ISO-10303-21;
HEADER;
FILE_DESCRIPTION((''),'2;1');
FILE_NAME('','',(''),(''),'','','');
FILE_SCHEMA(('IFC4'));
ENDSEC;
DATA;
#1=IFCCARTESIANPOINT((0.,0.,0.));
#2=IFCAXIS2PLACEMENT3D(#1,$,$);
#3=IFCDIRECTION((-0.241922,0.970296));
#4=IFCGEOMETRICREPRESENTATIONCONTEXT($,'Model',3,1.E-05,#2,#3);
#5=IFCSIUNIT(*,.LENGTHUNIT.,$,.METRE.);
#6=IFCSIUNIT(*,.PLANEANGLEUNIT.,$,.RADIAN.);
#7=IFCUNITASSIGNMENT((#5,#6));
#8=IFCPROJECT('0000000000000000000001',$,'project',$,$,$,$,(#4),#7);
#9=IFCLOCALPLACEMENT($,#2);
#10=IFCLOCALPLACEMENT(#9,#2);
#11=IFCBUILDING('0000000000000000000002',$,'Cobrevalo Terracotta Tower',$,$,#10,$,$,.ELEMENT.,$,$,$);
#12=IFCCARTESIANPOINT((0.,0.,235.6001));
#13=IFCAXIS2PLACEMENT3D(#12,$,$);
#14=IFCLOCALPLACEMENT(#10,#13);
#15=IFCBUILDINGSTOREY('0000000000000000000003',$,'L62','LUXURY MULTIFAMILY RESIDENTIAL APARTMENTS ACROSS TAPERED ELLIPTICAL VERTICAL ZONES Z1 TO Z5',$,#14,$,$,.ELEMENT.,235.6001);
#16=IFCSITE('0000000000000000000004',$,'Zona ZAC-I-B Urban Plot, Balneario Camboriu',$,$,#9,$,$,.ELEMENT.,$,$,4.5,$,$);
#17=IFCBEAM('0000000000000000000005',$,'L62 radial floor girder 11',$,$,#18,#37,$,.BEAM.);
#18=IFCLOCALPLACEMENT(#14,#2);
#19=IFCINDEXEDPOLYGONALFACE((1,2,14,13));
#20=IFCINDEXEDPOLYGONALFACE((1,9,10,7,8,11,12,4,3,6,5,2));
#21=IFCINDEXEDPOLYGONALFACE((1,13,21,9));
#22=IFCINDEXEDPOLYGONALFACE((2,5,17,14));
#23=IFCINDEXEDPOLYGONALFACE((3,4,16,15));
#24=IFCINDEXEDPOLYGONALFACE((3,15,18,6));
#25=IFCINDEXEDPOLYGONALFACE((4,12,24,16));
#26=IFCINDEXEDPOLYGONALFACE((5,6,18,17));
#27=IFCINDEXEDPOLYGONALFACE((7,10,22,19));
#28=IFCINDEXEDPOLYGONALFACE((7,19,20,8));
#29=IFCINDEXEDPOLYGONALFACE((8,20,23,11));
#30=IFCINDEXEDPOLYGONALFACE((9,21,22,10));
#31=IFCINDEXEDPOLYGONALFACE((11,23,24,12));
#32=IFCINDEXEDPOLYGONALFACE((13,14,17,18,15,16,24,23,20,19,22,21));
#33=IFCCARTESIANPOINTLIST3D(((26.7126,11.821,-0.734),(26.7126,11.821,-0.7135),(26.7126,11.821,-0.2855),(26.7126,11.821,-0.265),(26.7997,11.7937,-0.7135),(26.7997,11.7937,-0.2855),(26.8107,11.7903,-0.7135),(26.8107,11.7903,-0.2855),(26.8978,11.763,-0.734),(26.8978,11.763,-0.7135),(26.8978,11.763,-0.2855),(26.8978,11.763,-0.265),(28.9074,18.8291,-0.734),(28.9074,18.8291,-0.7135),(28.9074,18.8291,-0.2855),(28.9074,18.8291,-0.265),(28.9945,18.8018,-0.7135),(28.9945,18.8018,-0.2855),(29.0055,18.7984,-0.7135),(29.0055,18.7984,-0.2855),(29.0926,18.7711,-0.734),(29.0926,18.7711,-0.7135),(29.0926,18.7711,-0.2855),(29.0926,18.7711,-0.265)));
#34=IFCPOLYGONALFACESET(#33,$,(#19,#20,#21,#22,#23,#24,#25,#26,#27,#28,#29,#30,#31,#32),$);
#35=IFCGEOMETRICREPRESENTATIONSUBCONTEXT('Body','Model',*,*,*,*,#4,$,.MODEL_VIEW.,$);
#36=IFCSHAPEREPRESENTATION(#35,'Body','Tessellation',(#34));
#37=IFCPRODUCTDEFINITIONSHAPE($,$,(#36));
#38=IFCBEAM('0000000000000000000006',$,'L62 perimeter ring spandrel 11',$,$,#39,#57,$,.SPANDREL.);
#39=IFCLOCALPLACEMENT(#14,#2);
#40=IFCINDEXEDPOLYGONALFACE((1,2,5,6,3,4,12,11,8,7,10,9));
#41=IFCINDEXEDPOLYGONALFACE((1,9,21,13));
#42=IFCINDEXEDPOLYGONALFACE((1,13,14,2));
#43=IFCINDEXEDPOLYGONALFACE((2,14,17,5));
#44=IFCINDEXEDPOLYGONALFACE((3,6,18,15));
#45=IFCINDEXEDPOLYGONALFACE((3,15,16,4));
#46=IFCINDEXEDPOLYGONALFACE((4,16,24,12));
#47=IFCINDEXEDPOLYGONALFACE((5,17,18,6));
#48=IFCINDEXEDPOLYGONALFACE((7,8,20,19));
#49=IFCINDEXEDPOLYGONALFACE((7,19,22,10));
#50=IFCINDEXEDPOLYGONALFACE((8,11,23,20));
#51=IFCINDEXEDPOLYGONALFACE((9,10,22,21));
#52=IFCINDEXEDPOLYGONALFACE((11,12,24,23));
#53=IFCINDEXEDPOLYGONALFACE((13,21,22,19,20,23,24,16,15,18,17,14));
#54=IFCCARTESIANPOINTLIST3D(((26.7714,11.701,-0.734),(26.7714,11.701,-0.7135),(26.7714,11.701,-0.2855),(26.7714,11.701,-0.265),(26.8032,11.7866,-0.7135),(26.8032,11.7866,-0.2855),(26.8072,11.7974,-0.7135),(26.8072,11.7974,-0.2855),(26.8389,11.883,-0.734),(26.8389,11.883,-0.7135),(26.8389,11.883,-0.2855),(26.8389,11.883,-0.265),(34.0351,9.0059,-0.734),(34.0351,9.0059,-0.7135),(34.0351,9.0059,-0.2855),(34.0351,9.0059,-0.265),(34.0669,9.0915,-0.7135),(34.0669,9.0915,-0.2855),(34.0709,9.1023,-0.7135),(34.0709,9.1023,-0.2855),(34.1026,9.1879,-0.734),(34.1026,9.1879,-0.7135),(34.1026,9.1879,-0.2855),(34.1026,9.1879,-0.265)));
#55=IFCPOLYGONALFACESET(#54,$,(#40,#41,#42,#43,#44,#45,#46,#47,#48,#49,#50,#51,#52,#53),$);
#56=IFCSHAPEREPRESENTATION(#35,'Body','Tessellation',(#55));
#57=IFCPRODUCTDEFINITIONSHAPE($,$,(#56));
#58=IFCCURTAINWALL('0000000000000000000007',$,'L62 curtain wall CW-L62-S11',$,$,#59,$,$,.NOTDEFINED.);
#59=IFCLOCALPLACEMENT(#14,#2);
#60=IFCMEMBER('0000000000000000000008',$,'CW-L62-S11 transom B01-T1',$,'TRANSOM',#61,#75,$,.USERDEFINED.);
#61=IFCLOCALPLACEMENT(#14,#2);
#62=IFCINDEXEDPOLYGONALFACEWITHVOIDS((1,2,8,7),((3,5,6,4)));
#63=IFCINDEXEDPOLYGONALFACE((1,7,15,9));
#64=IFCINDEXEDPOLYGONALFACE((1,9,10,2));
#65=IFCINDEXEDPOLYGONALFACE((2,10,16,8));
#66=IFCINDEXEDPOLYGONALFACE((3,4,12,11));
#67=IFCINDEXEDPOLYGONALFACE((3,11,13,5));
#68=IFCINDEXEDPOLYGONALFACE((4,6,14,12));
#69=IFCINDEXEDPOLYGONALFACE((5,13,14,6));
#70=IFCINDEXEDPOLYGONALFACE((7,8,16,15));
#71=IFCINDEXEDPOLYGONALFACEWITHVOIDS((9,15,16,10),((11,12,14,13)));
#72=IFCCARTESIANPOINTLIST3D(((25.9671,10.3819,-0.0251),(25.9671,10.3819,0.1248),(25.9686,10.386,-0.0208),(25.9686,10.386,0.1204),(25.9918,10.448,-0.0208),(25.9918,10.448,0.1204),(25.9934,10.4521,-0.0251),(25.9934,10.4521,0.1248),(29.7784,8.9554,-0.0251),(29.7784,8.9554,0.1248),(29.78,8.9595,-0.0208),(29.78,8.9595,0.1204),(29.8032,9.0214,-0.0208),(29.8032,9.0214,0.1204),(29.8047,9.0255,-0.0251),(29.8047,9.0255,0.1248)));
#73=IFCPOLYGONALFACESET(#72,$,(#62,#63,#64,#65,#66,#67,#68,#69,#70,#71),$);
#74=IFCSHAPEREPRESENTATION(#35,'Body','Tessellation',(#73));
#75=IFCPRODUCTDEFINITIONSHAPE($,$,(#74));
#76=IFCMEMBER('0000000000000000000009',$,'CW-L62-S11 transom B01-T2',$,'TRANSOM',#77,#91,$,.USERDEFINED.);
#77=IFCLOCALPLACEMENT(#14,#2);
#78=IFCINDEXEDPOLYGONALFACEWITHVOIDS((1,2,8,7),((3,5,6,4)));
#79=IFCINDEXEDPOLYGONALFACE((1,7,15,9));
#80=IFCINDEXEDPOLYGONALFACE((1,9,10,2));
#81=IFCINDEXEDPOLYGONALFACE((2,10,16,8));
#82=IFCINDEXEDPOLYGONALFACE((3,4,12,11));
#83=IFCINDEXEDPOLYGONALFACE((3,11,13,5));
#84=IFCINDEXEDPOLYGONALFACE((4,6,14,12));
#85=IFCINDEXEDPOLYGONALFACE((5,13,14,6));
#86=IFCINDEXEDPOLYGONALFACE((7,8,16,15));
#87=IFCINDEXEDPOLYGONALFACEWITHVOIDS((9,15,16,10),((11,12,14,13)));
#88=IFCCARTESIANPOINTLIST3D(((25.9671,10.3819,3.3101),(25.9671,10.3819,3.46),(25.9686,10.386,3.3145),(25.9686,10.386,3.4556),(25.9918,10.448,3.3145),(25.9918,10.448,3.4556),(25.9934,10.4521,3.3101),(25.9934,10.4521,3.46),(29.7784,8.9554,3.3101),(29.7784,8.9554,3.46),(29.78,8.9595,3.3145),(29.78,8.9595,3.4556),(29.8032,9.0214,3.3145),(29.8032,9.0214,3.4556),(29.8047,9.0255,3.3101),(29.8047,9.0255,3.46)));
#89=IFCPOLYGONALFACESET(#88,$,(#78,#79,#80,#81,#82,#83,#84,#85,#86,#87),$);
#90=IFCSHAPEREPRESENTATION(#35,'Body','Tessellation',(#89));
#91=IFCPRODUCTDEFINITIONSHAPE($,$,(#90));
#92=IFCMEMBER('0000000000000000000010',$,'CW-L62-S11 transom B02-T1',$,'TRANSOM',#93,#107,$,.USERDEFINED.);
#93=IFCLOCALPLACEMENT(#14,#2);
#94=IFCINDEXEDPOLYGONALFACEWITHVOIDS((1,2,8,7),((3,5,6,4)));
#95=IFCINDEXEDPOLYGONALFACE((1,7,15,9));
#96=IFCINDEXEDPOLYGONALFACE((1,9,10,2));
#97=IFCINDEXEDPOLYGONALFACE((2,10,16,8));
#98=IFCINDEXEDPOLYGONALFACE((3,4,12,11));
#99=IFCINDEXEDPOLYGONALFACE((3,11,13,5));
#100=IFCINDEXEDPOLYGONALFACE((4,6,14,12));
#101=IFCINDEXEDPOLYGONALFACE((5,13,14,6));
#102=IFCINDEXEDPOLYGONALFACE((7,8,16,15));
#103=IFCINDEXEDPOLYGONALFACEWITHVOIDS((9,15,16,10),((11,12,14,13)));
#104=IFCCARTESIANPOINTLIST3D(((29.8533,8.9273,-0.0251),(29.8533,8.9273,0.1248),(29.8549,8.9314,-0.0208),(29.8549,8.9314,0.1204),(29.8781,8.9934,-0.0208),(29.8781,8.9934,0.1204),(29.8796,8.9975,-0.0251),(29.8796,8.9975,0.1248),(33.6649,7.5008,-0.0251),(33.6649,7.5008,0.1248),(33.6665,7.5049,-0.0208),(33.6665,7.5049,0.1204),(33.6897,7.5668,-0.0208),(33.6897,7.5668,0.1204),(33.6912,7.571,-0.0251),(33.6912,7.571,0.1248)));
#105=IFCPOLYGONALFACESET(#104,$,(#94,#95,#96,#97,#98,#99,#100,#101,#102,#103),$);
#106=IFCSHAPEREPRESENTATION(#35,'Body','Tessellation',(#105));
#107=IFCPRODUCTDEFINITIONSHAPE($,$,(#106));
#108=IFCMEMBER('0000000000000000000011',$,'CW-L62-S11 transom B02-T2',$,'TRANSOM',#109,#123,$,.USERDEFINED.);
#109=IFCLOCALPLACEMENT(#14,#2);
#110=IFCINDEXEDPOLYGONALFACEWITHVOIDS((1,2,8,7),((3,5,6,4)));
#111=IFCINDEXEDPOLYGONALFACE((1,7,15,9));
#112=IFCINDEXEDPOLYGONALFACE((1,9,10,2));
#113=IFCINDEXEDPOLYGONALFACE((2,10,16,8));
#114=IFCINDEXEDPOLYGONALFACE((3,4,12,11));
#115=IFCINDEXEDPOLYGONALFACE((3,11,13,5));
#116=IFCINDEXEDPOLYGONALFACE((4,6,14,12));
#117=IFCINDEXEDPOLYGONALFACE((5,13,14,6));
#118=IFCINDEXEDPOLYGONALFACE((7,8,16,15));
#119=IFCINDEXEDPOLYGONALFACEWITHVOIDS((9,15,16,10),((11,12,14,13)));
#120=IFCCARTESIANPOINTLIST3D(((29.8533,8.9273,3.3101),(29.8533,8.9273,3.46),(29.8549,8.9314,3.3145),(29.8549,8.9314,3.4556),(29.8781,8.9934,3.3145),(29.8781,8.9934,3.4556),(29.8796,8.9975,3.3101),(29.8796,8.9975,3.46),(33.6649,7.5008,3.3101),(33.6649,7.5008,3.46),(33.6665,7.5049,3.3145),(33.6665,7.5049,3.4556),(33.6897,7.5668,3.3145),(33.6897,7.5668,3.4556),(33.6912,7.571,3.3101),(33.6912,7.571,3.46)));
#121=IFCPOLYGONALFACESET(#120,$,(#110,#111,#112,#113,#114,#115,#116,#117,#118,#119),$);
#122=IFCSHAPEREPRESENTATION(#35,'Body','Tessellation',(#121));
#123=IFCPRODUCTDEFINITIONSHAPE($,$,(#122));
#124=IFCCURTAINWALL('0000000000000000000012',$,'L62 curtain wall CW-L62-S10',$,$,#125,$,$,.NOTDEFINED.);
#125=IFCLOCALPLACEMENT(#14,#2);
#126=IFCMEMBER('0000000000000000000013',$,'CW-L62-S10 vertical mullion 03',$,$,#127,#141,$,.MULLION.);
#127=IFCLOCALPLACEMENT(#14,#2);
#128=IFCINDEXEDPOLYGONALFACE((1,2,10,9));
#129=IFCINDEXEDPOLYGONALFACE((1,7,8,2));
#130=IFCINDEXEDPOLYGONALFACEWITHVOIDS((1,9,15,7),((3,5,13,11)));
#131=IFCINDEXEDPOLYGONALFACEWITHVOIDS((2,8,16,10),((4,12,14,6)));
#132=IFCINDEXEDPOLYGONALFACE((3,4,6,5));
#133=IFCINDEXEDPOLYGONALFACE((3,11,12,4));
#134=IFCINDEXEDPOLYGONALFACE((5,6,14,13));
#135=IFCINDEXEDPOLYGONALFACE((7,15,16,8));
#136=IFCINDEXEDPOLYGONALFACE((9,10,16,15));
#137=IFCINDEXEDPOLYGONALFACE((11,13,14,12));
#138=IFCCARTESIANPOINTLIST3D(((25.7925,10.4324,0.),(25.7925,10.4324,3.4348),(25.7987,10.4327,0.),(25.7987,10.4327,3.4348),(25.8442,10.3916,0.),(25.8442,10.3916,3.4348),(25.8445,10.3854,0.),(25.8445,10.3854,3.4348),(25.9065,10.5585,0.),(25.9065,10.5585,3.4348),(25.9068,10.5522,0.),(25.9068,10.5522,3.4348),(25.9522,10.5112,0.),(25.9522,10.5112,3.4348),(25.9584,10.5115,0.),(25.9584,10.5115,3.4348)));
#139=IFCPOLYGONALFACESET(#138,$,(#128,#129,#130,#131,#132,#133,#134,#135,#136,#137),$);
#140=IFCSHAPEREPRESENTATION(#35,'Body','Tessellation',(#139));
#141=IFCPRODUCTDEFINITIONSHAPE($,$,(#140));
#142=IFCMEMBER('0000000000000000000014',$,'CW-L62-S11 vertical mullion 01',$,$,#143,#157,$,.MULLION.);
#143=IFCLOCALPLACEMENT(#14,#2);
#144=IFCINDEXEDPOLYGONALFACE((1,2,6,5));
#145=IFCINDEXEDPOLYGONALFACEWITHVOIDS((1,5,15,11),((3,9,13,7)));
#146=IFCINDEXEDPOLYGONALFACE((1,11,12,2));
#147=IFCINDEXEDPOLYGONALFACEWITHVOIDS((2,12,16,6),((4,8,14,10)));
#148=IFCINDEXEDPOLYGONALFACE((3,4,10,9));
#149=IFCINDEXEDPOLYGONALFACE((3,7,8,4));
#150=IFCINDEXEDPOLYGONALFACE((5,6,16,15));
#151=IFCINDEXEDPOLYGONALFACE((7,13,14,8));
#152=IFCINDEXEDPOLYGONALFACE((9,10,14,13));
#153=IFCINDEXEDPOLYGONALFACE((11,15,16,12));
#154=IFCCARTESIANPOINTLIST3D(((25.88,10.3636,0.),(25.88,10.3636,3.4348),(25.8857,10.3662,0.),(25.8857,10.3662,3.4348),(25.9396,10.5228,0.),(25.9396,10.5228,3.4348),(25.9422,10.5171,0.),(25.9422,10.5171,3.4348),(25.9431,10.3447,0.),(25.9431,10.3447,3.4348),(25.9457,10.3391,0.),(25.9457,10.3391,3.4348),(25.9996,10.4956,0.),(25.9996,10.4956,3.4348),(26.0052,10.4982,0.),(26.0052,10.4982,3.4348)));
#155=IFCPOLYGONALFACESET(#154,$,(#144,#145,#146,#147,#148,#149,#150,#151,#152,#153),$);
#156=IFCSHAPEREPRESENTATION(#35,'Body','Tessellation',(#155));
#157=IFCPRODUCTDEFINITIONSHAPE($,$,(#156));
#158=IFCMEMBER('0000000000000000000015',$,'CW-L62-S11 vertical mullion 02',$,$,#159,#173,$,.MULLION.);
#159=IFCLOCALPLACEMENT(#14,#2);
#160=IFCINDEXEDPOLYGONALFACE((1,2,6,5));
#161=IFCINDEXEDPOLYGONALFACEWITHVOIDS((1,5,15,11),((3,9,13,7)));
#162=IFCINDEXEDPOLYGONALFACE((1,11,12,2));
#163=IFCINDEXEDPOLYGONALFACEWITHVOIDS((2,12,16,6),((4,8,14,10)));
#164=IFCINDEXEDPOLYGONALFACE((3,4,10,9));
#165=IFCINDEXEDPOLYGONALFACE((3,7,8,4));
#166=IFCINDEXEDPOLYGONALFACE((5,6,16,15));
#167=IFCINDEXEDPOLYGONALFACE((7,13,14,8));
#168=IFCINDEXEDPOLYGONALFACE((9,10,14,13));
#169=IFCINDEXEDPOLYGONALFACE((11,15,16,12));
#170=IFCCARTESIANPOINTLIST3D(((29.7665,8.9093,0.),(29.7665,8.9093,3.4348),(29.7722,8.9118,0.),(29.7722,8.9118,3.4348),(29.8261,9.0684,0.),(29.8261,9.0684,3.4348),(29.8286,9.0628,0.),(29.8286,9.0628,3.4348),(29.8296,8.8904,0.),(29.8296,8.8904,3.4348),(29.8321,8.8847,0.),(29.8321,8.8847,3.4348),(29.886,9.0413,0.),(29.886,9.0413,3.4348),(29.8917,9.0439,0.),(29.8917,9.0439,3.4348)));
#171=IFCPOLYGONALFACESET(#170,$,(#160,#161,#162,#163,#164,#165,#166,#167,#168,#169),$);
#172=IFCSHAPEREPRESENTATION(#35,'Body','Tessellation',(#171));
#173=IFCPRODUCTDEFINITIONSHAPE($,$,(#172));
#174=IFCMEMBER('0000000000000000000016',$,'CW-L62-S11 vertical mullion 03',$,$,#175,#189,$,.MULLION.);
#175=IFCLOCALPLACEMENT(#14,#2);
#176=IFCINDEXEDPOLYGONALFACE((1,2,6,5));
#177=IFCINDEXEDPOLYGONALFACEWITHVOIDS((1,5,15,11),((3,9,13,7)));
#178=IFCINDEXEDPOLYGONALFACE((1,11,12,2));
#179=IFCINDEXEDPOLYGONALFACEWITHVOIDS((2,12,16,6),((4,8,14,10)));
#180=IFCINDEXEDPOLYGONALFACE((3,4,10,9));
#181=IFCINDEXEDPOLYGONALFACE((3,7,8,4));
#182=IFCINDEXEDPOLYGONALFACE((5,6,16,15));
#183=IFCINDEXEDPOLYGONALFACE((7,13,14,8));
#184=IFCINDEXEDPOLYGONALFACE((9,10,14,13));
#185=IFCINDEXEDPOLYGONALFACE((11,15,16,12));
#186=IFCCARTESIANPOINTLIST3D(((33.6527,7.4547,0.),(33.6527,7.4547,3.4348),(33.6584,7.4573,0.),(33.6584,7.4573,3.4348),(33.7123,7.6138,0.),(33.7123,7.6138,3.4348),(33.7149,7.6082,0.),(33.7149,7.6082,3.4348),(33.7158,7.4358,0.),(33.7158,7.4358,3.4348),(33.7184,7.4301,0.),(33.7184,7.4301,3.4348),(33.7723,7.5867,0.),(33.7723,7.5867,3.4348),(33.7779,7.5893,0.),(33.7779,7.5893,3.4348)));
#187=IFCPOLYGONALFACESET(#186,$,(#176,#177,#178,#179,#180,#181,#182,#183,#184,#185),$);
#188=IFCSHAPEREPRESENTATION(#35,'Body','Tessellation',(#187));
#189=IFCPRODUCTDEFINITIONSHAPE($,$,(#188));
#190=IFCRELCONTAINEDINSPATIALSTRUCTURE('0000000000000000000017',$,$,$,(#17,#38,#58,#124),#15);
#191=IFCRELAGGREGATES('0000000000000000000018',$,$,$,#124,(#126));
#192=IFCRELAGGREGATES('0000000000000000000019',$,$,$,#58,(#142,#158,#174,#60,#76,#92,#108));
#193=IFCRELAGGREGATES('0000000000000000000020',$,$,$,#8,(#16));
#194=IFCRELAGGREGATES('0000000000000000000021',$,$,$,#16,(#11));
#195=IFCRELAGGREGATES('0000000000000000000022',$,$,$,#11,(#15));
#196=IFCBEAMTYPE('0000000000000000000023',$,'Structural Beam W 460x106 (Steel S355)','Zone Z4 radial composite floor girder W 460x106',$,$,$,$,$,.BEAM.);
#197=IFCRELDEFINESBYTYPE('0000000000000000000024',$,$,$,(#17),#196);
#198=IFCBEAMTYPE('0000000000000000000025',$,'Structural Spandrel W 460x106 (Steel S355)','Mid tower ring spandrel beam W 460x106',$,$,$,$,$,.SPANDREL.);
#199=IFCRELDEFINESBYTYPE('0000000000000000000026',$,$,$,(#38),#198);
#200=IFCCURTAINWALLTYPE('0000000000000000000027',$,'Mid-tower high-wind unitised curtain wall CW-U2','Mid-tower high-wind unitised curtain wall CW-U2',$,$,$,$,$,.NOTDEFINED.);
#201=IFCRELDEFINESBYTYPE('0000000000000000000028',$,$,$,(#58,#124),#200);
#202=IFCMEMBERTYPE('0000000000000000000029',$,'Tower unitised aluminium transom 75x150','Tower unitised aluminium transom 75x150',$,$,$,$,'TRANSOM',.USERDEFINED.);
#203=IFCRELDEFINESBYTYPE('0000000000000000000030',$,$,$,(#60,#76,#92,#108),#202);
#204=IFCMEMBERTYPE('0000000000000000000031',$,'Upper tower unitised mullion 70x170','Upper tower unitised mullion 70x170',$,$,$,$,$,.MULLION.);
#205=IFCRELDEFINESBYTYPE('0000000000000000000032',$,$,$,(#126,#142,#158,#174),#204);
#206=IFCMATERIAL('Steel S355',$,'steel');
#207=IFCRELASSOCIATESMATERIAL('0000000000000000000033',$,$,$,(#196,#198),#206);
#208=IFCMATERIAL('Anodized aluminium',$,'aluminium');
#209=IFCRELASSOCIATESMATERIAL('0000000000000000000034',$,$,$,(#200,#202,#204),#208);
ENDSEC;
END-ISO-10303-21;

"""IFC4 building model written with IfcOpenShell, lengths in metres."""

from ifc_helpers import new_model, si_unit, direction, frame, origin, origin_2d, place, context, subcontext, project, spatial, hollow_rectangle, i_section, extrude, source, transform, mapped, material, material_profile, profile_set, type_object, element, aggregate, save


model = new_model("IFC4")

# Units and contexts
model_context = context("Model", 3, precision=1e-05, world=origin(), true_north=direction((-0.241922, 0.970296)))
body_context = subcontext(model_context, "Body", "Model", "MODEL_VIEW")
ifc_project = project(units=[si_unit("LENGTHUNIT", "METRE"), si_unit("PLANEANGLEUNIT", "RADIAN")], contexts=[model_context])

# Site, building, storey
site_placement = place(None, origin())
site = spatial("IfcSite", under=ifc_project, at=site_placement, Name="Zona ZAC-I-B Urban Plot, Balneario Camboriu", CompositionType="ELEMENT", RefElevation=4.5)
building_placement = place(site_placement, origin())
building = spatial("IfcBuilding", under=site, at=building_placement, Name="Cobrevalo Terracotta Tower", CompositionType="ELEMENT")
storey_placement = place(building_placement, frame((0.0, 0.0, 235.6001)))
storey = spatial("IfcBuildingStorey", under=building, at=storey_placement, Name="L62", Description="LUXURY MULTIFAMILY RESIDENTIAL APARTMENTS ACROSS TAPERED ELLIPTICAL VERTICAL ZONES Z1 TO Z5", CompositionType="ELEMENT", Elevation=235.6001)

# Shared definitions
ifc_material_1 = material(Name="Steel S355", Category="steel")

# Beams
ifc_material_profile_1 = material_profile(ifc_material_1, i_section(OverallWidth=0.1941, OverallDepth=0.469, WebThickness=0.0115, FlangeThickness=0.0205, at=origin_2d()), Name="W 460x106")
ifc_profile_set_1 = profile_set([ifc_material_profile_1], Name="Steel S355")
beam_type_1 = type_object("IfcBeamType", Name="Structural Beam W 460x106 (Steel S355)", Description="Zone Z4 radial composite floor girder W 460x106", PredefinedType="BEAM", material=ifc_profile_set_1)
beam_1_placement = place(storey_placement, frame((26.8052, 11.792, -0.4995), z_axis=(0.298871, 0.954293, 0.0), x_axis=(-0.954293, 0.298871, 0.0)))
element("IfcBeam", 1, at=beam_1_placement, inside=storey, type_object=beam_type_1, Name="L62 radial floor girder 11", PredefinedType="BEAM", context=body_context, shape_type="SweptSolid", body=[
    extrude(i_section(OverallWidth=0.1941, OverallDepth=0.469, WebThickness=0.0115, FlangeThickness=0.0205, at=origin_2d()), origin(), (0.0, 0.0, 1.0), 7.3438),
])
ifc_material_profile_2 = material_profile(ifc_material_1, i_section(OverallWidth=0.1941, OverallDepth=0.469, WebThickness=0.0115, FlangeThickness=0.0205, at=origin_2d()), Name="W 460x106")
ifc_profile_set_2 = profile_set([ifc_material_profile_2], Name="Steel S355")
beam_type_2 = type_object("IfcBeamType", Name="Structural Spandrel W 460x106 (Steel S355)", Description="Mid tower ring spandrel beam W 460x106", PredefinedType="SPANDREL", material=ifc_profile_set_2)
beam_2_placement = place(storey_placement, frame((26.8052, 11.792, -0.4995), z_axis=(0.937546, -0.347861, 0.0), x_axis=(0.347861, 0.937546, 0.0)))
element("IfcBeam", 2, at=beam_2_placement, inside=storey, type_object=beam_type_2, Name="L62 perimeter ring spandrel 11", PredefinedType="SPANDREL", context=body_context, shape_type="SweptSolid", body=[
    extrude(i_section(OverallWidth=0.1941, OverallDepth=0.469, WebThickness=0.0115, FlangeThickness=0.0205, at=origin_2d()), origin(), (0.0, 0.0, 1.0), 7.7476),
])

# Curtain wall, members
ifc_material_2 = material(Name="Anodized aluminium", Category="aluminium")
curtain_wall_type = type_object("IfcCurtainWallType", Name="Mid-tower high-wind unitised curtain wall CW-U2", Description="Mid-tower high-wind unitised curtain wall CW-U2", PredefinedType="NOTDEFINED", material=ifc_material_2)
curtain_wall_1_placement = place(storey_placement, origin())
curtain_wall_1 = element("IfcCurtainWall", 3, at=curtain_wall_1_placement, inside=storey, type_object=curtain_wall_type, Name="L62 curtain wall CW-L62-S11", PredefinedType="NOTDEFINED")
ifc_material_profile_3 = material_profile(ifc_material_2, hollow_rectangle(XDim=0.075, YDim=0.1499, WallThickness=0.0044, at=origin_2d()), Name="CWT 75x150")
ifc_profile_set_3 = profile_set([ifc_material_profile_3], Name="Anodized aluminium")
member_type_1 = type_object("IfcMemberType", Name="Tower unitised aluminium transom 75x150", Description="Tower unitised aluminium transom 75x150", ElementType="TRANSOM", PredefinedType="USERDEFINED", material=ifc_profile_set_3)
shared_shape_1 = source(origin(), body_context, "Body", "SweptSolid", [
    extrude(hollow_rectangle(XDim=0.075, YDim=0.1499, WallThickness=0.0044, at=origin_2d()), origin(), (0.0, 0.0, 1.0), 4.0696),
])
member_1_placement = place(storey_placement, frame((25.9802, 10.417, 0.0498), z_axis=(0.936548, -0.350538, 0.0), x_axis=(0.350538, 0.936548, 0.0)))
member_1 = element("IfcMember", 4, at=member_1_placement, type_object=member_type_1, Name="CW-L62-S11 transom B01-T1", ObjectType="TRANSOM", PredefinedType="USERDEFINED", context=body_context, shape_type="MappedRepresentation", body=[
    mapped(shared_shape_1, transform((0.0, 0.0, 0.0), scale=1.0)),
])
member_2_placement = place(storey_placement, frame((25.9802, 10.417, 3.385), z_axis=(0.936548, -0.350538, 0.0), x_axis=(0.350538, 0.936548, 0.0)))
member_2 = element("IfcMember", 5, at=member_2_placement, type_object=member_type_1, Name="CW-L62-S11 transom B01-T2", ObjectType="TRANSOM", PredefinedType="USERDEFINED", context=body_context, shape_type="MappedRepresentation", body=[
    mapped(shared_shape_1, transform((0.0, 0.0, 0.0), scale=1.0)),
])
shared_shape_2 = source(origin(), body_context, "Body", "SweptSolid", [
    extrude(hollow_rectangle(XDim=0.075, YDim=0.1499, WallThickness=0.0044, at=origin_2d()), origin(), (0.0, 0.0, 1.0), 4.0698),
])
member_3_placement = place(storey_placement, frame((29.8665, 8.9624, 0.0498), z_axis=(0.936556, -0.350519, 0.0), x_axis=(0.350519, 0.936556, 0.0)))
member_3 = element("IfcMember", 6, at=member_3_placement, type_object=member_type_1, Name="CW-L62-S11 transom B02-T1", ObjectType="TRANSOM", PredefinedType="USERDEFINED", context=body_context, shape_type="MappedRepresentation", body=[
    mapped(shared_shape_2, transform((0.0, 0.0, 0.0), scale=1.0)),
])
member_4_placement = place(storey_placement, frame((29.8665, 8.9624, 3.385), z_axis=(0.936556, -0.350519, 0.0), x_axis=(0.350519, 0.936556, 0.0)))
member_4 = element("IfcMember", 7, at=member_4_placement, type_object=member_type_1, Name="CW-L62-S11 transom B02-T2", ObjectType="TRANSOM", PredefinedType="USERDEFINED", context=body_context, shape_type="MappedRepresentation", body=[
    mapped(shared_shape_2, transform((0.0, 0.0, 0.0), scale=1.0)),
])

# Curtain wall, member
curtain_wall_2_placement = place(storey_placement, origin())
curtain_wall_2 = element("IfcCurtainWall", 8, at=curtain_wall_2_placement, inside=storey, type_object=curtain_wall_type, Name="L62 curtain wall CW-L62-S10", PredefinedType="NOTDEFINED")
ifc_material_profile_4 = material_profile(ifc_material_2, hollow_rectangle(XDim=0.0701, YDim=0.1699, WallThickness=0.0044, at=origin_2d()), Name="CWM 70x170")
ifc_profile_set_4 = profile_set([ifc_material_profile_4], Name="Anodized aluminium")
member_type_2 = type_object("IfcMemberType", Name="Upper tower unitised mullion 70x170", Description="Upper tower unitised mullion 70x170", PredefinedType="MULLION", material=ifc_profile_set_4)
shared_shape_3 = source(origin(), body_context, "Body", "SweptSolid", [
    extrude(hollow_rectangle(XDim=0.0701, YDim=0.1699, WallThickness=0.0044, at=origin_2d()), origin(), (0.0, 0.0, 1.0), 3.4348),
])
member_5_placement = place(storey_placement, frame((25.8755, 10.4719, 0.0), z_axis=(0.0, 0.0, 1.0), x_axis=(0.741988, -0.670414, 0.0)))
member_5 = element("IfcMember", 9, at=member_5_placement, type_object=member_type_2, Name="CW-L62-S10 vertical mullion 03", PredefinedType="MULLION", context=body_context, shape_type="MappedRepresentation", body=[
    mapped(shared_shape_3, transform((0.0, 0.0, 0.0), scale=1.0)),
])

# Members
member_6_placement = place(storey_placement, frame((25.9426, 10.4309, 0.0), z_axis=(0.0, 0.0, 1.0), x_axis=(0.936556, -0.350518, 0.0)))
member_6 = element("IfcMember", 10, at=member_6_placement, type_object=member_type_2, Name="CW-L62-S11 vertical mullion 01", PredefinedType="MULLION", context=body_context, shape_type="MappedRepresentation", body=[
    mapped(shared_shape_3, transform((0.0, 0.0, 0.0), scale=1.0)),
])
member_7_placement = place(storey_placement, frame((29.8291, 8.9766, 0.0), z_axis=(0.0, 0.0, 1.0), x_axis=(0.936556, -0.350518, 0.0)))
member_7 = element("IfcMember", 11, at=member_7_placement, type_object=member_type_2, Name="CW-L62-S11 vertical mullion 02", PredefinedType="MULLION", context=body_context, shape_type="MappedRepresentation", body=[
    mapped(shared_shape_3, transform((0.0, 0.0, 0.0), scale=1.0)),
])
member_8_placement = place(storey_placement, frame((33.7153, 7.522, 0.0), z_axis=(0.0, 0.0, 1.0), x_axis=(0.936556, -0.350518, 0.0)))
member_8 = element("IfcMember", 12, at=member_8_placement, type_object=member_type_2, Name="CW-L62-S11 vertical mullion 03", PredefinedType="MULLION", context=body_context, shape_type="MappedRepresentation", body=[
    mapped(shared_shape_3, transform((0.0, 0.0, 0.0), scale=1.0)),
])

aggregate(curtain_wall_2, [member_5])
aggregate(curtain_wall_1, [member_6, member_7, member_8, member_1, member_2, member_3, member_4])

save(model, "model.ifc")
